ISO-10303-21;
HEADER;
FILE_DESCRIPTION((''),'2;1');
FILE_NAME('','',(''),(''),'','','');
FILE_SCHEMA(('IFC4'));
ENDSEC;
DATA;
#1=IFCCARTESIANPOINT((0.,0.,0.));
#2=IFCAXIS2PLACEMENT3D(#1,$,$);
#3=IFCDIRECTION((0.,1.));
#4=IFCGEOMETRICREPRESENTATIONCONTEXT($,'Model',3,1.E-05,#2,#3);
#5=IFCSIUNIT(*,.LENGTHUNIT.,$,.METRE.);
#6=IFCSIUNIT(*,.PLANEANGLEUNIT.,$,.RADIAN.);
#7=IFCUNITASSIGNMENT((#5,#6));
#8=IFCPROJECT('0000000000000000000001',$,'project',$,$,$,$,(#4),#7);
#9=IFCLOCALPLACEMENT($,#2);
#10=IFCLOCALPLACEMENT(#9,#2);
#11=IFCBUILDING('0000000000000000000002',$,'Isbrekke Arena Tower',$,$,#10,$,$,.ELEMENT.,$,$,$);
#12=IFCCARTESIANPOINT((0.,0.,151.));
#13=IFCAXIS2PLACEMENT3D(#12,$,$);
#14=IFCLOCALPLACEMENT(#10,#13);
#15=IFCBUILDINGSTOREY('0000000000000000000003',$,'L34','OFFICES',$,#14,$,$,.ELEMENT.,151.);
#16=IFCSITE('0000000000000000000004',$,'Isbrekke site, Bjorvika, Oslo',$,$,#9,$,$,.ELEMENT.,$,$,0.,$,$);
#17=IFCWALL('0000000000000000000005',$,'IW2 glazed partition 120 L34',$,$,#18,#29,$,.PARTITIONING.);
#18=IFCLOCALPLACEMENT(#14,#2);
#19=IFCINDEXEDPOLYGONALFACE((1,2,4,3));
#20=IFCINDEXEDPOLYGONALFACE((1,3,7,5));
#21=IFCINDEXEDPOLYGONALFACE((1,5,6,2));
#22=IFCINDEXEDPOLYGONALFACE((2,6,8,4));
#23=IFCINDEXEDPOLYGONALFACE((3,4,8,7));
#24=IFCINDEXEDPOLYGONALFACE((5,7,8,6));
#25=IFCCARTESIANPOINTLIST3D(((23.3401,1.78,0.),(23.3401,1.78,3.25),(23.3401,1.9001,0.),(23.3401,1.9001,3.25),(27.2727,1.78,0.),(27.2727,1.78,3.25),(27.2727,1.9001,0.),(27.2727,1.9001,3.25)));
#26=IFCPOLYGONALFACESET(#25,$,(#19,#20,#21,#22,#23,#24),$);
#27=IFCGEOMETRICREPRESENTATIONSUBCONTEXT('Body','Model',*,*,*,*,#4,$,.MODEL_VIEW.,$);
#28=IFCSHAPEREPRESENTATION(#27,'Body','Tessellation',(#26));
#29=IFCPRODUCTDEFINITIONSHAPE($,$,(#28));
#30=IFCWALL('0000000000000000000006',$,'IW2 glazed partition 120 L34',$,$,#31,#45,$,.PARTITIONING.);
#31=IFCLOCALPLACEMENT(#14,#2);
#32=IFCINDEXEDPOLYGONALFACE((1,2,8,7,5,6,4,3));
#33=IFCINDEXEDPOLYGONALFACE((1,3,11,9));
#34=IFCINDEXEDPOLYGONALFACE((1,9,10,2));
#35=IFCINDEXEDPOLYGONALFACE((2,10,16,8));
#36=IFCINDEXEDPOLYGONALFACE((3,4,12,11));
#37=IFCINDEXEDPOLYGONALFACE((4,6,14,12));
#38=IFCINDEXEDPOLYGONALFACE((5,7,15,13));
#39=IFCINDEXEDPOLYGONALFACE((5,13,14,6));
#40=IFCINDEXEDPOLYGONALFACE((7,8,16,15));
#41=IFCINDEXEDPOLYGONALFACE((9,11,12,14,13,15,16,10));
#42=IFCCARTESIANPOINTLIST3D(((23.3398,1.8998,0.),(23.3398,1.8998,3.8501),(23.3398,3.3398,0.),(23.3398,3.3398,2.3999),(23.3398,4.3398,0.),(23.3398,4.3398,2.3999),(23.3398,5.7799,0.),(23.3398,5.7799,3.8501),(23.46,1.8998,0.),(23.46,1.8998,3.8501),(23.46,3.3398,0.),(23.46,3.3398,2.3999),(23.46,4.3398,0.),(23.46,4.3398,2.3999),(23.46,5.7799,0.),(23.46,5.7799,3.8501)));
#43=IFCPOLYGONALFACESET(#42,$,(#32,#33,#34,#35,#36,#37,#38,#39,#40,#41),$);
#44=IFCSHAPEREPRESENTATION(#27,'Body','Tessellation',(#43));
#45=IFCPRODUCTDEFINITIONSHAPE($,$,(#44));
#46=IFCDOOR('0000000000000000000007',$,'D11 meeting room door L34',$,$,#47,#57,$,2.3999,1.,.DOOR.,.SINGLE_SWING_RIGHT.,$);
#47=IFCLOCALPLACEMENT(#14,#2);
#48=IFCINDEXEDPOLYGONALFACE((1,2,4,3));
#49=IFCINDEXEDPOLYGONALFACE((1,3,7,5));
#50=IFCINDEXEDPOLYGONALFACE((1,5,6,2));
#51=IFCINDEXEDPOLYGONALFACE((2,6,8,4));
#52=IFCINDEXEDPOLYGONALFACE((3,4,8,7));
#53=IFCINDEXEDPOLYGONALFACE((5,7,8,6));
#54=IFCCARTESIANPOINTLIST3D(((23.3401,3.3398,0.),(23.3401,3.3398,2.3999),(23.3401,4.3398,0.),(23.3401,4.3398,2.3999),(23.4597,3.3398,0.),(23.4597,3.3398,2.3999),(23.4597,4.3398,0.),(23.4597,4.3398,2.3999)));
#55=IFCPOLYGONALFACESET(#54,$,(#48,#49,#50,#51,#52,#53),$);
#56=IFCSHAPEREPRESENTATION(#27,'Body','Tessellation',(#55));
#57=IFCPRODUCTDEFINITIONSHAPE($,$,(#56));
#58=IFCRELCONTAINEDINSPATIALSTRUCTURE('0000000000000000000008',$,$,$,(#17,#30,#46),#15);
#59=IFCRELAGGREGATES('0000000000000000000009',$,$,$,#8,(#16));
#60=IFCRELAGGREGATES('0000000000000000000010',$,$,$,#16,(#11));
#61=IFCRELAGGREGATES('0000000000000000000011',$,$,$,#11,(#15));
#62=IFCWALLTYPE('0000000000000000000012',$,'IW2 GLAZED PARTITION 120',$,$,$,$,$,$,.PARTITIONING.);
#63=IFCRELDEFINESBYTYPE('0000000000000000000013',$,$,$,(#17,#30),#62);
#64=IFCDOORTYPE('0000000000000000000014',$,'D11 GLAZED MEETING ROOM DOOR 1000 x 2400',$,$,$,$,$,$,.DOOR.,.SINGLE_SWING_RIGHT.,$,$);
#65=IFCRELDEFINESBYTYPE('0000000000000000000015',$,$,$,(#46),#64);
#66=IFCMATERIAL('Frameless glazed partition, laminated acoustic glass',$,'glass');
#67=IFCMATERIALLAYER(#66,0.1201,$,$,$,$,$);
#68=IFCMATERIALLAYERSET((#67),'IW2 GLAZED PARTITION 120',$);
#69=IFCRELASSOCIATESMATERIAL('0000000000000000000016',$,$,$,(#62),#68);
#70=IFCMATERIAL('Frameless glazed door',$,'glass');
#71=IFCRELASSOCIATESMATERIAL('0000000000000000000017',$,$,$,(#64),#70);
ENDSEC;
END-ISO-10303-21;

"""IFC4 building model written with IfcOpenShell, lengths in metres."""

from ifc_helpers import new_model, si_unit, direction, frame, frame_2d, origin, place, context, subcontext, project, spatial, rectangle, extrude, material, layer, layer_set, type_object, element, fill, save


model = new_model("IFC4")

# Units and contexts
model_context = context("Model", 3, precision=1e-05, world=origin(), true_north=direction((0.0, 1.0)))
body_context = subcontext(model_context, "Body", "Model", "MODEL_VIEW")
ifc_project = project(units=[si_unit("LENGTHUNIT", "METRE"), si_unit("PLANEANGLEUNIT", "RADIAN")], contexts=[model_context])

# Site, building, storey
site_placement = place(None, origin())
site = spatial("IfcSite", under=ifc_project, at=site_placement, Name="Isbrekke site, Bjorvika, Oslo", CompositionType="ELEMENT", RefElevation=0.0)
building_placement = place(site_placement, origin())
building = spatial("IfcBuilding", under=site, at=building_placement, Name="Isbrekke Arena Tower", CompositionType="ELEMENT")
storey_placement = place(building_placement, frame((0.0, 0.0, 151.0)))
storey = spatial("IfcBuildingStorey", under=building, at=storey_placement, Name="L34", Description="OFFICES", CompositionType="ELEMENT", Elevation=151.0)

# Wall
ifc_material_1 = material(Name="Frameless glazed partition, laminated acoustic glass", Category="glass")
ifc_layer_1 = layer(ifc_material_1, 0.1201)
ifc_layer_set_1 = layer_set([ifc_layer_1], Name="IW2 GLAZED PARTITION 120")
wall_type = type_object("IfcWallType", Name="IW2 GLAZED PARTITION 120", PredefinedType="PARTITIONING", material=ifc_layer_set_1)
wall_1_placement = place(storey_placement, frame((23.3401, 1.8401, 0.0), z_axis=(0.0, 0.0, 1.0), x_axis=(1.0, 0.0, 0.0)))
element("IfcWall", 1, at=wall_1_placement, inside=storey, type_object=wall_type, Name="IW2 glazed partition 120 L34", PredefinedType="PARTITIONING", context=body_context, shape_type="SweptSolid", body=[
    extrude(rectangle(XDim=3.9326, YDim=0.1201, at=frame_2d((1.9663, 0.0))), origin(), (0.0, 0.0, 1.0), 3.25),
])

# Wall, opening, door
wall_2_placement = place(storey_placement, frame((23.3999, 1.8999, 0.0), z_axis=(0.0, 0.0, 1.0), x_axis=(0.0, 1.0, 0.0)))
wall_2 = element("IfcWall", 2, at=wall_2_placement, inside=storey, type_object=wall_type, Name="IW2 glazed partition 120 L34", PredefinedType="PARTITIONING", context=body_context, shape_type="SweptSolid", body=[
    extrude(rectangle(XDim=3.8801, YDim=0.1201, at=frame_2d((1.9399, 0.0))), origin(), (0.0, 0.0, 1.0), 3.8501),
])
opening_placement = place(wall_2_placement, frame((1.4399, 0.0, 0.0)))
opening = element("IfcOpeningElement", 3, at=opening_placement, cuts=wall_2, PredefinedType="OPENING", context=body_context, shape_type="SweptSolid", body=[
    extrude(rectangle(XDim=1.0, YDim=2.3999, at=frame_2d((0.5, 1.2))), frame((0.0, 0.075, 0.0), z_axis=(0.0, -1.0, 0.0), x_axis=(1.0, 0.0, 0.0)), (0.0, 0.0, 1.0), 0.1499),
])
ifc_material_2 = material(Name="Frameless glazed door", Category="glass")
door_type = type_object("IfcDoorType", Name="D11 GLAZED MEETING ROOM DOOR 1000 x 2400", OperationType="SINGLE_SWING_RIGHT", PredefinedType="DOOR", material=ifc_material_2)
door_placement = place(opening_placement, origin())
door = element("IfcDoor", 4, at=door_placement, inside=storey, type_object=door_type, Name="D11 meeting room door L34", OperationType="SINGLE_SWING_RIGHT", OverallHeight=2.3999, OverallWidth=1.0, PredefinedType="DOOR", context=body_context, shape_type="SweptSolid", body=[
    extrude(rectangle(XDim=1.0, YDim=2.3999, at=frame_2d((0.5, 1.2))), frame((0.0, 0.0598, 0.0), z_axis=(0.0, -1.0, 0.0), x_axis=(1.0, 0.0, 0.0)), (0.0, 0.0, 1.0), 0.1196),
])
fill(opening, door)

save(model, "model.ifc")
